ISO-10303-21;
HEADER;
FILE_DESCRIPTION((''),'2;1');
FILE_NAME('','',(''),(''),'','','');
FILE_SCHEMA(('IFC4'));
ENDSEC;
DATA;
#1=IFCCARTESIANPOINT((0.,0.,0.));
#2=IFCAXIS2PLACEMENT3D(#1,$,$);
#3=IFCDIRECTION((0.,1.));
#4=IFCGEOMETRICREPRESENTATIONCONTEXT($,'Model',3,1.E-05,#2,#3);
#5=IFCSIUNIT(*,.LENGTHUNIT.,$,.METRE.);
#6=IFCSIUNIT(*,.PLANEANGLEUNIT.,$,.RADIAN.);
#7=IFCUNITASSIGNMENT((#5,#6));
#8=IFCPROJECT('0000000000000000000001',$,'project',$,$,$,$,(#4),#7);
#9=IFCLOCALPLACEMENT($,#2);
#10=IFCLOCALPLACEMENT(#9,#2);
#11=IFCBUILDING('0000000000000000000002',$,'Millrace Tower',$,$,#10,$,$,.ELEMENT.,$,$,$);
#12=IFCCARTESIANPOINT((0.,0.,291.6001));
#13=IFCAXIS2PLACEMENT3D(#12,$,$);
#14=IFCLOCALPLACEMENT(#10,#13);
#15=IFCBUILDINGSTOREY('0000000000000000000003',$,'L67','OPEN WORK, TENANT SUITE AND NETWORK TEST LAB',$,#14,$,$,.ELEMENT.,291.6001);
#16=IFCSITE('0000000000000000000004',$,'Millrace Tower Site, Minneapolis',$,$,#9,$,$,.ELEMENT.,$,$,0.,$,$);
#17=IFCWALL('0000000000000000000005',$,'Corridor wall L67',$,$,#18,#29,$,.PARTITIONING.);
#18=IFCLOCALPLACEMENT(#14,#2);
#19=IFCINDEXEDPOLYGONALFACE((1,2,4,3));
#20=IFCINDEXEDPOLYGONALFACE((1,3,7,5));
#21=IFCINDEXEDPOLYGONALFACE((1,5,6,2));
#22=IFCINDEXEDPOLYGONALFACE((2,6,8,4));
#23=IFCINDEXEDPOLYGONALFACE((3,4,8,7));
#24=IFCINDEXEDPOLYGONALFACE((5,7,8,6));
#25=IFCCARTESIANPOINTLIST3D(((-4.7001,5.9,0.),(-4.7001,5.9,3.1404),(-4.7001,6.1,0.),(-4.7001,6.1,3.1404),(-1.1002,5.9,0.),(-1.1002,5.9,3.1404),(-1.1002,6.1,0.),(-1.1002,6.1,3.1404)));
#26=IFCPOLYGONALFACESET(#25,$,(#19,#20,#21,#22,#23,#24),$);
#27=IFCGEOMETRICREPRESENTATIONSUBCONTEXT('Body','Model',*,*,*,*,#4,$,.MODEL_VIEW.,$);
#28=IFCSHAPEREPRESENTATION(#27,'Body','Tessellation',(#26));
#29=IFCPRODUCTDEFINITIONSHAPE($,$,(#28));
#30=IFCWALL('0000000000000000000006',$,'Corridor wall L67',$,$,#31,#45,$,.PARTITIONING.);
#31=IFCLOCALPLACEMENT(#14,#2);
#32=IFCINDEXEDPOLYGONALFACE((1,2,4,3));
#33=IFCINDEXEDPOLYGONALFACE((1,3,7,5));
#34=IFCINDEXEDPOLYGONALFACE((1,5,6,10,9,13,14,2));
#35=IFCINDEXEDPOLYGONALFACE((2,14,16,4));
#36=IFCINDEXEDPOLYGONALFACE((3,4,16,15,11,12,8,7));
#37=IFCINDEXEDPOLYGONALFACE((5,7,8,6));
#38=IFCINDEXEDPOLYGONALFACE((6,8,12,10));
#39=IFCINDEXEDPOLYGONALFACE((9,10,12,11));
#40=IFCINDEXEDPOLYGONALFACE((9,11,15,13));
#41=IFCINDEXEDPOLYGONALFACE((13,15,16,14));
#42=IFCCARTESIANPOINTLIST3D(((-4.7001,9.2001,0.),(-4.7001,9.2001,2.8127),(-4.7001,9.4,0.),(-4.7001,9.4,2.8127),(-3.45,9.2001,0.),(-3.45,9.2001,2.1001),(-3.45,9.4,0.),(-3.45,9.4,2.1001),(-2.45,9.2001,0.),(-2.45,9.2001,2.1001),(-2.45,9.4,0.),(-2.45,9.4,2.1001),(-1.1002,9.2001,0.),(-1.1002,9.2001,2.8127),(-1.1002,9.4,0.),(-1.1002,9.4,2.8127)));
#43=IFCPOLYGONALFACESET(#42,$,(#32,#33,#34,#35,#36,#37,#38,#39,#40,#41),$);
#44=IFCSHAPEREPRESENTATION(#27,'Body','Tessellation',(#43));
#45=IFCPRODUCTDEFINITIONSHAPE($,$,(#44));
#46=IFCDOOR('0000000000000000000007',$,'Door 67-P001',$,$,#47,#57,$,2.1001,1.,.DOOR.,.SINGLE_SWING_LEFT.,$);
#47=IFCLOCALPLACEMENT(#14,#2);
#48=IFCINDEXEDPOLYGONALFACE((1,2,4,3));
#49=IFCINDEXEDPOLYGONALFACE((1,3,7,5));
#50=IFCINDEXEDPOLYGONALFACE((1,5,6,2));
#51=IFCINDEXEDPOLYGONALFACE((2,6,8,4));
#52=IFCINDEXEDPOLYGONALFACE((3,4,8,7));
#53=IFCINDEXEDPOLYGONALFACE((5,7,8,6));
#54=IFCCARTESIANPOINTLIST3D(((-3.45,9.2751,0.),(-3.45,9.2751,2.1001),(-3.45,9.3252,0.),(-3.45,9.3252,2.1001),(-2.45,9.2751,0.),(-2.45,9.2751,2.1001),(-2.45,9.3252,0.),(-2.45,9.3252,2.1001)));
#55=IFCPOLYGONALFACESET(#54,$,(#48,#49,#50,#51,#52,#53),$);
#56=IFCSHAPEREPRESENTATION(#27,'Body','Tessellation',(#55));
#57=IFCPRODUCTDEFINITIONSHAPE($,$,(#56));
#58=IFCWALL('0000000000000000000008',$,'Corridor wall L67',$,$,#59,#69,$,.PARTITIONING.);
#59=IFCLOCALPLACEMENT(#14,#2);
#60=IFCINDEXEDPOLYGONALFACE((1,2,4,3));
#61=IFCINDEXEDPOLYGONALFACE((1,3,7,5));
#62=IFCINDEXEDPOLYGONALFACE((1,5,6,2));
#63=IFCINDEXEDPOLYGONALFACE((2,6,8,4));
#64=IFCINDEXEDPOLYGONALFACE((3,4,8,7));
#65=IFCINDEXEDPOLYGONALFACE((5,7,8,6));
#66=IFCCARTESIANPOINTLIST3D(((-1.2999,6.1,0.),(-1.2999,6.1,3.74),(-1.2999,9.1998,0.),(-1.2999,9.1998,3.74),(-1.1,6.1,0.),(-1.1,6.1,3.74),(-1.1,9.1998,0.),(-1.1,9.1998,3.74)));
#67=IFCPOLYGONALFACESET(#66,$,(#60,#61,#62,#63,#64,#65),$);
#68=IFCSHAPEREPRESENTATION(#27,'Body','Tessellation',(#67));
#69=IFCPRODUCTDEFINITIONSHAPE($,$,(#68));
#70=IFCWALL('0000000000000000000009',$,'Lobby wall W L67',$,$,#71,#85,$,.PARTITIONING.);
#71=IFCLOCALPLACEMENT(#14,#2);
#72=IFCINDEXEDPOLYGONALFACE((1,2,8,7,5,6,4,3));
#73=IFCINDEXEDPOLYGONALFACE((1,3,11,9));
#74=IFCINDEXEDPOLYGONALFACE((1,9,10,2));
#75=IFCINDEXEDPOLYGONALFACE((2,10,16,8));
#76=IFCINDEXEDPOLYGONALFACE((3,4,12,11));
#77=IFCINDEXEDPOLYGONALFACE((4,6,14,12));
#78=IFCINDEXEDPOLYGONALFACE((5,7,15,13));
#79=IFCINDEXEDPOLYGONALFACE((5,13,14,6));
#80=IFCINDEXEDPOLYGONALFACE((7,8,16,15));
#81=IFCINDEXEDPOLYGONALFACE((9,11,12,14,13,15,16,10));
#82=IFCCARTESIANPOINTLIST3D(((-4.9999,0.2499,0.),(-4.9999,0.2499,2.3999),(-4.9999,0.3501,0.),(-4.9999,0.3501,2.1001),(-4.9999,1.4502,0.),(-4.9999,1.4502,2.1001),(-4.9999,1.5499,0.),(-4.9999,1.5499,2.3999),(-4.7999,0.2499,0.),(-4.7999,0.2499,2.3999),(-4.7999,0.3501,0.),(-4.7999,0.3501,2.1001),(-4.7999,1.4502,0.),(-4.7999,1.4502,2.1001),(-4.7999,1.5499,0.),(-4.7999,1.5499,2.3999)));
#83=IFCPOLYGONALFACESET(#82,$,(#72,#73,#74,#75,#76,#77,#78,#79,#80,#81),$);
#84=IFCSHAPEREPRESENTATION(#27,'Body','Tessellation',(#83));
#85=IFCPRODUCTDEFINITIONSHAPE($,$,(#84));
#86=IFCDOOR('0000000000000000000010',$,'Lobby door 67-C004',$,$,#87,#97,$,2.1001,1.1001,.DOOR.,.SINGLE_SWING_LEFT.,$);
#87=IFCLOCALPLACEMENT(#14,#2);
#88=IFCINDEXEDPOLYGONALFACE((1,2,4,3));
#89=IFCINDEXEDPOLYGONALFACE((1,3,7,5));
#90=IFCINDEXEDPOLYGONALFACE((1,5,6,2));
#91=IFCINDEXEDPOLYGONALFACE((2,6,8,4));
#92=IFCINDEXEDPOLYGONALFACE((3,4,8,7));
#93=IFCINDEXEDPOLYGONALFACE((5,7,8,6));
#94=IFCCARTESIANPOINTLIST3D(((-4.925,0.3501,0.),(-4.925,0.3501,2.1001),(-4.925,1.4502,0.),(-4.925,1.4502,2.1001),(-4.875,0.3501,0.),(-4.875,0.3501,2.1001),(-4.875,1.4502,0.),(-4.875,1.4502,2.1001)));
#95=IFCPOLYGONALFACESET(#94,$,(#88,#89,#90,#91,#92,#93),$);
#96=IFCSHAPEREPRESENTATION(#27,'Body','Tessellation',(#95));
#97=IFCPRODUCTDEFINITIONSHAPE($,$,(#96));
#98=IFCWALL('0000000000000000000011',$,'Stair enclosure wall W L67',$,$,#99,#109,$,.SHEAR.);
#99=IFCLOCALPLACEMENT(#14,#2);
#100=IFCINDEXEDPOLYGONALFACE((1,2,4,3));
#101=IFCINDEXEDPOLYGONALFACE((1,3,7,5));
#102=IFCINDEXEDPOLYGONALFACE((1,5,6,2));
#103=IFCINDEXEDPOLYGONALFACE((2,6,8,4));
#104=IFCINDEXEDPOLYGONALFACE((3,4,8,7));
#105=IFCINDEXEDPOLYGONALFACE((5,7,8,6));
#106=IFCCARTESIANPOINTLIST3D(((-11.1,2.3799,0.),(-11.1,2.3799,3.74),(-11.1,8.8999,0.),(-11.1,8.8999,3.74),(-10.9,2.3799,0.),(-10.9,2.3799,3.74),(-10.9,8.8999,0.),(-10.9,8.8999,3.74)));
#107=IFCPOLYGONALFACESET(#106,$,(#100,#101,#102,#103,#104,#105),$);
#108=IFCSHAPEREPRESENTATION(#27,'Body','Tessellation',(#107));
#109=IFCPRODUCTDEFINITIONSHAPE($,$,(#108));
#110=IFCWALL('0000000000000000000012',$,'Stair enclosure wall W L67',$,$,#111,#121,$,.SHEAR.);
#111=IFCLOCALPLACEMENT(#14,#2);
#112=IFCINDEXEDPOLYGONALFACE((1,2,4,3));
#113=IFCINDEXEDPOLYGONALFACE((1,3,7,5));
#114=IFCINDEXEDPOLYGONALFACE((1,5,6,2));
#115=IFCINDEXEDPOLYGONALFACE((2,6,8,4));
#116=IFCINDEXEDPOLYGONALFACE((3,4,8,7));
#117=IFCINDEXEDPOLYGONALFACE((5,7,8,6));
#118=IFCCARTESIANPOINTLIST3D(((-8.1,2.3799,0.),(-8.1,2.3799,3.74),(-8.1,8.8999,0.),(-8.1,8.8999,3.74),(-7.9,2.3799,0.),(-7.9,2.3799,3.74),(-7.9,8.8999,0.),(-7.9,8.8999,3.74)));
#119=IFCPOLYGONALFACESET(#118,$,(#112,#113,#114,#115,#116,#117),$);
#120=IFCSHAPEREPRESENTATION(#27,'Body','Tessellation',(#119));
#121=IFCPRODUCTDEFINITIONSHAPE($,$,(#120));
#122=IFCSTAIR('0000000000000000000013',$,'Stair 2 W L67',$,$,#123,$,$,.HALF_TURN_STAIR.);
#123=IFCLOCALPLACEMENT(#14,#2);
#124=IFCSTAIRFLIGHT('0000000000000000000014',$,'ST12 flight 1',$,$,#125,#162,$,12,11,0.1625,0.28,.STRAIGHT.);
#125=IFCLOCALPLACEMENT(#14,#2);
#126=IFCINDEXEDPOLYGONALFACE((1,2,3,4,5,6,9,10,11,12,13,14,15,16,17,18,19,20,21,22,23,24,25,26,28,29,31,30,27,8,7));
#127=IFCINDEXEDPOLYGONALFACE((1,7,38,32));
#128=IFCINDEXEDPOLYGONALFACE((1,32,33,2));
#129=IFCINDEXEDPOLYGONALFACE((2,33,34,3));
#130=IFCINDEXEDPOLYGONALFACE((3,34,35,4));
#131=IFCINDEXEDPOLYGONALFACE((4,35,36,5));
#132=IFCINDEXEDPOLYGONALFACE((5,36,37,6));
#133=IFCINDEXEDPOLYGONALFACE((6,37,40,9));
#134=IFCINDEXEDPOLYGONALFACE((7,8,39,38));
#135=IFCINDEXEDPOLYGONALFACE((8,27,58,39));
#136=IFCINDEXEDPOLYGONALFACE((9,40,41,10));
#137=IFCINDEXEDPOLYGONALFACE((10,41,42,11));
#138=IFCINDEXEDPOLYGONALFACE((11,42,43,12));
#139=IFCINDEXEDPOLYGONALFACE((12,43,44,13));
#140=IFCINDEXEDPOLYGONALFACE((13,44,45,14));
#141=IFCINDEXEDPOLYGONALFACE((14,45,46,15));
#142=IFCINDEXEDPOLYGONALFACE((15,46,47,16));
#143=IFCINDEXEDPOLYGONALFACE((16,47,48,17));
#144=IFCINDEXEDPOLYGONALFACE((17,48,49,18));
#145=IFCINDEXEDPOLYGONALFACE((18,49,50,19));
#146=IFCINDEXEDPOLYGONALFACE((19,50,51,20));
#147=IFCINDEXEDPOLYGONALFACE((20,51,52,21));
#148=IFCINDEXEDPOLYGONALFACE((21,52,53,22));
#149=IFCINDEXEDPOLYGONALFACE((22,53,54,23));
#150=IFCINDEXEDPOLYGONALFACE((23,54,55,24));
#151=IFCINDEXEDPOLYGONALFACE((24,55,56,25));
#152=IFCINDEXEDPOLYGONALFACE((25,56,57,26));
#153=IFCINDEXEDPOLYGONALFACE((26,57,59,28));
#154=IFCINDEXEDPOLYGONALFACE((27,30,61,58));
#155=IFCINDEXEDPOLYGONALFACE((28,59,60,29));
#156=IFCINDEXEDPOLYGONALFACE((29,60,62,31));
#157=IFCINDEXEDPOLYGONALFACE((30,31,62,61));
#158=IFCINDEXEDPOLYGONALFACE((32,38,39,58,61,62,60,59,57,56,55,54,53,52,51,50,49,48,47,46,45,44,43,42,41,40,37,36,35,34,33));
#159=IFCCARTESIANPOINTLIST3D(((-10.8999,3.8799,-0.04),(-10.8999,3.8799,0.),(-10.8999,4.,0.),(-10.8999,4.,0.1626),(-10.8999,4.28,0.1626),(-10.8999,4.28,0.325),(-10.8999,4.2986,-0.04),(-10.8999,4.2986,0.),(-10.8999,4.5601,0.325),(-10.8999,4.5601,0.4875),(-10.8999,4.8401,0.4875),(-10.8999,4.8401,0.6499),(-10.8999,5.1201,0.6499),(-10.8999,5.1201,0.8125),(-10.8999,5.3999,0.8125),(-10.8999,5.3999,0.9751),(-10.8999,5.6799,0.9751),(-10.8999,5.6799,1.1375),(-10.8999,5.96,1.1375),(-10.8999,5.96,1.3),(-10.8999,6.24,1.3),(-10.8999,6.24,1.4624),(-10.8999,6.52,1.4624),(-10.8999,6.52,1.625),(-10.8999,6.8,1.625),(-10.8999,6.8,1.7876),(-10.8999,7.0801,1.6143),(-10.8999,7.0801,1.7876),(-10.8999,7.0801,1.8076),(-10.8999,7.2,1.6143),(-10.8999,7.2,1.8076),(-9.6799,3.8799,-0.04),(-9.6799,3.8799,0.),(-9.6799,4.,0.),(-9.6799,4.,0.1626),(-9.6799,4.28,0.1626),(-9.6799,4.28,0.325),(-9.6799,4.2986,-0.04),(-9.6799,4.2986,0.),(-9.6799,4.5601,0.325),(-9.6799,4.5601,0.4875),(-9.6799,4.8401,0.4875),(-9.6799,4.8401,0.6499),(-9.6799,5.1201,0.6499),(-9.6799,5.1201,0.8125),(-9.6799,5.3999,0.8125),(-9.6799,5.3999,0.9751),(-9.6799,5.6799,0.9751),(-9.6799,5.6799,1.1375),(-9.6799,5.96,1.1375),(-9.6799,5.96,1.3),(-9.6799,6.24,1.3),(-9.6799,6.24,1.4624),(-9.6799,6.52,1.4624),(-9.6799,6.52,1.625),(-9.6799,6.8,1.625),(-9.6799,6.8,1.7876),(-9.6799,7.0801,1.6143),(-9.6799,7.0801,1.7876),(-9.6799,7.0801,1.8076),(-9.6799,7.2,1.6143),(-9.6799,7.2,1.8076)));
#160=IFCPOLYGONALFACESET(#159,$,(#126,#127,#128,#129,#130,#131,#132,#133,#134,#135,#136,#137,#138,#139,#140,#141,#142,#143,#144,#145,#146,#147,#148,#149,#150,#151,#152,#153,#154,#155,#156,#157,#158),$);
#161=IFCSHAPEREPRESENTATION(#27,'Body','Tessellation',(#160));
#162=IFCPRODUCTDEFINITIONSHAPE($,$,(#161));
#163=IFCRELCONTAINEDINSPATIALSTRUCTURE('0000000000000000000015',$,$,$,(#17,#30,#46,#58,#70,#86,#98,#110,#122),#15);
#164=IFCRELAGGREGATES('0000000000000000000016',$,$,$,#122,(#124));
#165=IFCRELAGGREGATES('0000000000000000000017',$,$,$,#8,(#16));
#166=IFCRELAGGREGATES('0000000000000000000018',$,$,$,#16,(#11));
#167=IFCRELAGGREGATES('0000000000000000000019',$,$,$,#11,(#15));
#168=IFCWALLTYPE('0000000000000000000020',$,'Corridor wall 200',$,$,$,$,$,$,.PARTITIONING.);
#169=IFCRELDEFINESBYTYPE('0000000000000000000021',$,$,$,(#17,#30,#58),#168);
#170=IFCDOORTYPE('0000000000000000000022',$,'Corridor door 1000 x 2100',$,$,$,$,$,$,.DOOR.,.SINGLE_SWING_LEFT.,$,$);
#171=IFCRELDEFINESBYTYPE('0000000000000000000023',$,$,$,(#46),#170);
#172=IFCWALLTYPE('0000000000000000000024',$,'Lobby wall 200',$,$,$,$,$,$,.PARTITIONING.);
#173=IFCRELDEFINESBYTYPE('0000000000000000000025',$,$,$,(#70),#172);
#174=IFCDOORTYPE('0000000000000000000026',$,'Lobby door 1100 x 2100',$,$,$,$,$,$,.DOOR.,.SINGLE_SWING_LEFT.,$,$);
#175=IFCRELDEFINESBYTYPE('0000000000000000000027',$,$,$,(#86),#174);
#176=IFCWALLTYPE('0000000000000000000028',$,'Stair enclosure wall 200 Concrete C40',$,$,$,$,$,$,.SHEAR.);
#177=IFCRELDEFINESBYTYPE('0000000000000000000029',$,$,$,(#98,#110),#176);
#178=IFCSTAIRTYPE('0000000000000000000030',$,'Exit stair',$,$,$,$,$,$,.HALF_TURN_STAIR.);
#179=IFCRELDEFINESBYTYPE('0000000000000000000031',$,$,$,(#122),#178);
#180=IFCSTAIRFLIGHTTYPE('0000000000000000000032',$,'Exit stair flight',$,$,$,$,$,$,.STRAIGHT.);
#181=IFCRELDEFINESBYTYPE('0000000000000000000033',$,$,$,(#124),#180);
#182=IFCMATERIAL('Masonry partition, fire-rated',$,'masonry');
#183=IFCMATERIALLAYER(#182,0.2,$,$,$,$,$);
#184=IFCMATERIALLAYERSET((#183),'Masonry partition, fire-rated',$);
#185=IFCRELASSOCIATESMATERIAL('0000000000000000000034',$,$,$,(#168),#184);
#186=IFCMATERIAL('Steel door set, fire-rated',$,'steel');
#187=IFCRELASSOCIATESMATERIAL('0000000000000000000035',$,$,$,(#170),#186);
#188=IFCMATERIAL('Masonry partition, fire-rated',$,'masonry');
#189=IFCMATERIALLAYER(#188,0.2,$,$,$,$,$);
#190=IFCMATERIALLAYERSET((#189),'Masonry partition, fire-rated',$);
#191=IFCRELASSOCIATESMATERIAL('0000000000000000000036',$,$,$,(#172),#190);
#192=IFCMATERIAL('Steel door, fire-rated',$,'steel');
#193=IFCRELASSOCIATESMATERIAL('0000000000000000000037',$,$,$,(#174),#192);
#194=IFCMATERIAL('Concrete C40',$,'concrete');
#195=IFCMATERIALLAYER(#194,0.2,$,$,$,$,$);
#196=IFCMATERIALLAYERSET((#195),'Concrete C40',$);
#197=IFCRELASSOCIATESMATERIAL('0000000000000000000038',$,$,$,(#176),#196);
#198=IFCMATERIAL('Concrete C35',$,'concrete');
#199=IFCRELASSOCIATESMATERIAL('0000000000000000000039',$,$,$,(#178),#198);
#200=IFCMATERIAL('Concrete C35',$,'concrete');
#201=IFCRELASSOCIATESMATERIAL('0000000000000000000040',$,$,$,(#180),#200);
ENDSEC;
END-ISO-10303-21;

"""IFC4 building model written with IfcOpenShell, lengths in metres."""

from ifc_helpers import new_model, si_unit, direction, frame, frame_2d, origin, place, context, subcontext, project, spatial, polyline, rectangle, outline, extrude, material, layer, layer_set, type_object, element, fill, aggregate, save


model = new_model("IFC4")

# Units and contexts
model_context = context("Model", 3, precision=1e-05, world=origin(), true_north=direction((0.0, 1.0)))
body_context = subcontext(model_context, "Body", "Model", "MODEL_VIEW")
ifc_project = project(units=[si_unit("LENGTHUNIT", "METRE"), si_unit("PLANEANGLEUNIT", "RADIAN")], contexts=[model_context])

# Site, building, storey
site_placement = place(None, origin())
site = spatial("IfcSite", under=ifc_project, at=site_placement, Name="Millrace Tower Site, Minneapolis", CompositionType="ELEMENT", RefElevation=0.0)
building_placement = place(site_placement, origin())
building = spatial("IfcBuilding", under=site, at=building_placement, Name="Millrace Tower", CompositionType="ELEMENT")
storey_placement = place(building_placement, frame((0.0, 0.0, 291.6001)))
storey = spatial("IfcBuildingStorey", under=building, at=storey_placement, Name="L67", Description="OPEN WORK, TENANT SUITE AND NETWORK TEST LAB", CompositionType="ELEMENT", Elevation=291.6001)

# Shared definitions
placement_1 = place(storey_placement, origin())

# Wall
ifc_material_1 = material(Name="Masonry partition, fire-rated", Category="masonry")
ifc_layer_1 = layer(ifc_material_1, 0.2)
ifc_layer_set_1 = layer_set([ifc_layer_1], Name="Masonry partition, fire-rated")
wall_type_1 = type_object("IfcWallType", Name="Corridor wall 200", PredefinedType="PARTITIONING", material=ifc_layer_set_1)
wall_1_placement = place(storey_placement, frame((-4.7, 6.0, 0.0), z_axis=(0.0, 0.0, 1.0), x_axis=(1.0, 0.0, 0.0)))
element("IfcWall", 1, at=wall_1_placement, inside=storey, type_object=wall_type_1, Name="Corridor wall L67", PredefinedType="PARTITIONING", context=body_context, shape_type="SweptSolid", body=[
    extrude(rectangle(XDim=3.5999, YDim=0.2, at=frame_2d((1.7998, 0.0))), origin(), (0.0, 0.0, 1.0), 3.1404),
])

# Wall, opening, door
wall_2_placement = place(storey_placement, frame((-4.7, 9.3, 0.0), z_axis=(0.0, 0.0, 1.0), x_axis=(1.0, 0.0, 0.0)))
wall_2 = element("IfcWall", 2, at=wall_2_placement, inside=storey, type_object=wall_type_1, Name="Corridor wall L67", PredefinedType="PARTITIONING", context=body_context, shape_type="SweptSolid", body=[
    extrude(rectangle(XDim=3.5999, YDim=0.2, at=frame_2d((1.7998, 0.0))), origin(), (0.0, 0.0, 1.0), 2.8127),
])
opening_1_placement = place(wall_2_placement, frame((1.25, 0.0, 0.0)))
opening_1 = element("IfcOpeningElement", 3, at=opening_1_placement, cuts=wall_2, PredefinedType="OPENING", context=body_context, shape_type="SweptSolid", body=[
    extrude(rectangle(XDim=1.0, YDim=2.1001, at=frame_2d((0.5, 1.05))), frame((0.0, 0.1099, 0.0), z_axis=(0.0, -1.0, 0.0), x_axis=(1.0, 0.0, 0.0)), (0.0, 0.0, 1.0), 0.22),
])
ifc_material_2 = material(Name="Steel door set, fire-rated", Category="steel")
door_type_1 = type_object("IfcDoorType", Name="Corridor door 1000 x 2100", OperationType="SINGLE_SWING_LEFT", PredefinedType="DOOR", material=ifc_material_2)
door_1_placement = place(opening_1_placement, frame((1.0, 0.0, 0.0), z_axis=(0.0, 0.0, 1.0), x_axis=(-1.0, 0.0, 0.0)))
door_1 = element("IfcDoor", 4, at=door_1_placement, inside=storey, type_object=door_type_1, Name="Door 67-P001", OperationType="SINGLE_SWING_LEFT", OverallHeight=2.1001, OverallWidth=1.0, PredefinedType="DOOR", context=body_context, shape_type="SweptSolid", body=[
    extrude(rectangle(XDim=1.0, YDim=2.1001, at=frame_2d((0.5, 1.05))), frame((0.0, 0.0249, 0.0), z_axis=(0.0, -1.0, 0.0), x_axis=(1.0, 0.0, 0.0)), (0.0, 0.0, 1.0), 0.05),
])
fill(opening_1, door_1)

# Wall
wall_3_placement = place(storey_placement, frame((-1.2, 6.1001, 0.0), z_axis=(0.0, 0.0, 1.0), x_axis=(0.0, 1.0, 0.0)))
element("IfcWall", 5, at=wall_3_placement, inside=storey, type_object=wall_type_1, Name="Corridor wall L67", PredefinedType="PARTITIONING", context=body_context, shape_type="SweptSolid", body=[
    extrude(rectangle(XDim=3.0999, YDim=0.2, at=frame_2d((1.5498, 0.0))), origin(), (0.0, 0.0, 1.0), 3.74),
])

# Wall, opening, door
ifc_material_3 = material(Name="Masonry partition, fire-rated", Category="masonry")
ifc_layer_2 = layer(ifc_material_3, 0.2)
ifc_layer_set_2 = layer_set([ifc_layer_2], Name="Masonry partition, fire-rated")
wall_type_2 = type_object("IfcWallType", Name="Lobby wall 200", PredefinedType="PARTITIONING", material=ifc_layer_set_2)
wall_4_placement = place(storey_placement, frame((-4.8999, 0.25, 0.0), z_axis=(0.0, 0.0, 1.0), x_axis=(0.0, 1.0, 0.0)))
wall_4 = element("IfcWall", 6, at=wall_4_placement, inside=storey, type_object=wall_type_2, Name="Lobby wall W L67", PredefinedType="PARTITIONING", context=body_context, shape_type="SweptSolid", body=[
    extrude(rectangle(XDim=1.3, YDim=0.2, at=frame_2d((0.6499, 0.0))), origin(), (0.0, 0.0, 1.0), 2.3999),
])
opening_2_placement = place(wall_4_placement, frame((0.1001, 0.0, 0.0)))
opening_2 = element("IfcOpeningElement", 7, at=opening_2_placement, cuts=wall_4, PredefinedType="OPENING", context=body_context, shape_type="SweptSolid", body=[
    extrude(rectangle(XDim=1.1001, YDim=2.1001, at=frame_2d((0.55, 1.05))), frame((0.0, 0.1099, 0.0), z_axis=(0.0, -1.0, 0.0), x_axis=(1.0, 0.0, 0.0)), (0.0, 0.0, 1.0), 0.22),
])
ifc_material_4 = material(Name="Steel door, fire-rated", Category="steel")
door_type_2 = type_object("IfcDoorType", Name="Lobby door 1100 x 2100", OperationType="SINGLE_SWING_LEFT", PredefinedType="DOOR", material=ifc_material_4)
door_2_placement = place(opening_2_placement, frame((1.1001, 0.0, 0.0), z_axis=(0.0, 0.0, 1.0), x_axis=(-1.0, 0.0, 0.0)))
door_2 = element("IfcDoor", 8, at=door_2_placement, inside=storey, type_object=door_type_2, Name="Lobby door 67-C004", OperationType="SINGLE_SWING_LEFT", OverallHeight=2.1001, OverallWidth=1.1001, PredefinedType="DOOR", context=body_context, shape_type="SweptSolid", body=[
    extrude(rectangle(XDim=1.1001, YDim=2.1001, at=frame_2d((0.55, 1.05))), frame((0.0, 0.0249, 0.0), z_axis=(0.0, -1.0, 0.0), x_axis=(1.0, 0.0, 0.0)), (0.0, 0.0, 1.0), 0.05),
])
fill(opening_2, door_2)

# Walls
ifc_material_5 = material(Name="Concrete C40", Category="concrete")
ifc_layer_3 = layer(ifc_material_5, 0.2)
ifc_layer_set_3 = layer_set([ifc_layer_3], Name="Concrete C40")
wall_type_3 = type_object("IfcWallType", Name="Stair enclosure wall 200 Concrete C40", PredefinedType="SHEAR", material=ifc_layer_set_3)
for number, where, z_axis, x_axis, name in (
    (9, (-11.0, 2.3799, 0.0), (0.0, 0.0, 1.0), (0.0, 1.0, 0.0), "Stair enclosure wall W L67"),
    (10, (-8.0, 2.3799, 0.0), (0.0, 0.0, 1.0), (0.0, 1.0, 0.0), "Stair enclosure wall W L67"),
):
    element("IfcWall", number, at=place(storey_placement, frame(where, z_axis=z_axis, x_axis=x_axis)), inside=storey, type_object=wall_type_3, Name=name, PredefinedType="SHEAR", context=body_context, shape_type="SweptSolid", body=[
        extrude(rectangle(XDim=6.52, YDim=0.2, at=frame_2d((3.26, 0.0))), origin(), (0.0, 0.0, 1.0), 3.74),
    ])

# Stair, stair flight
ifc_material_6 = material(Name="Concrete C35", Category="concrete")
stair_type = type_object("IfcStairType", Name="Exit stair", PredefinedType="HALF_TURN_STAIR", material=ifc_material_6)
stair_1 = element("IfcStair", 11, at=placement_1, inside=storey, type_object=stair_type, Name="Stair 2 W L67", PredefinedType="HALF_TURN_STAIR")
ifc_material_7 = material(Name="Concrete C35", Category="concrete")
stair_flight_type = type_object("IfcStairFlightType", Name="Exit stair flight", PredefinedType="STRAIGHT", material=ifc_material_7)
stair_flight_1_placement = place(storey_placement, frame((-10.29, 4.0, 0.0), z_axis=(0.0, 0.0, 1.0), x_axis=(0.0, 1.0, 0.0)))
stair_flight_1 = element("IfcStairFlight", 12, at=stair_flight_1_placement, type_object=stair_flight_type, Name="ST12 flight 1", NumberOfRisers=12, NumberOfTreads=11, PredefinedType="STRAIGHT", RiserHeight=0.1625, TreadLength=0.28, context=body_context, shape_type="SweptSolid", body=[
    extrude(outline(polyline([(-0.1201, -0.04), (-0.1201, 0.0), (0.0, 0.0), (0.0, 0.1626), (0.28, 0.1626), (0.28, 0.325), (0.5601, 0.325), (0.5601, 0.4875), (0.8401, 0.4875), (0.8401, 0.6499), (1.1201, 0.6499), (1.1201, 0.8125), (1.3999, 0.8125), (1.3999, 0.9751), (1.6799, 0.9751), (1.6799, 1.1375), (1.96, 1.1375), (1.96, 1.3), (2.24, 1.3), (2.24, 1.4624), (2.52, 1.4624), (2.52, 1.625), (2.8, 1.625), (2.8, 1.7876), (3.0801, 1.7876), (3.0801, 1.8076), (3.2, 1.8076), (3.2, 1.6143), (3.0801, 1.6143), (0.2986, 0.0), (0.2986, -0.04), (-0.1201, -0.04)])), frame((0.0, 0.6099, 0.0), z_axis=(0.0, -1.0, 0.0), x_axis=(1.0, 0.0, 0.0)), (0.0, 0.0, 1.0), 1.22),
])
aggregate(stair_1, [stair_flight_1])

save(model, "model.ifc")
